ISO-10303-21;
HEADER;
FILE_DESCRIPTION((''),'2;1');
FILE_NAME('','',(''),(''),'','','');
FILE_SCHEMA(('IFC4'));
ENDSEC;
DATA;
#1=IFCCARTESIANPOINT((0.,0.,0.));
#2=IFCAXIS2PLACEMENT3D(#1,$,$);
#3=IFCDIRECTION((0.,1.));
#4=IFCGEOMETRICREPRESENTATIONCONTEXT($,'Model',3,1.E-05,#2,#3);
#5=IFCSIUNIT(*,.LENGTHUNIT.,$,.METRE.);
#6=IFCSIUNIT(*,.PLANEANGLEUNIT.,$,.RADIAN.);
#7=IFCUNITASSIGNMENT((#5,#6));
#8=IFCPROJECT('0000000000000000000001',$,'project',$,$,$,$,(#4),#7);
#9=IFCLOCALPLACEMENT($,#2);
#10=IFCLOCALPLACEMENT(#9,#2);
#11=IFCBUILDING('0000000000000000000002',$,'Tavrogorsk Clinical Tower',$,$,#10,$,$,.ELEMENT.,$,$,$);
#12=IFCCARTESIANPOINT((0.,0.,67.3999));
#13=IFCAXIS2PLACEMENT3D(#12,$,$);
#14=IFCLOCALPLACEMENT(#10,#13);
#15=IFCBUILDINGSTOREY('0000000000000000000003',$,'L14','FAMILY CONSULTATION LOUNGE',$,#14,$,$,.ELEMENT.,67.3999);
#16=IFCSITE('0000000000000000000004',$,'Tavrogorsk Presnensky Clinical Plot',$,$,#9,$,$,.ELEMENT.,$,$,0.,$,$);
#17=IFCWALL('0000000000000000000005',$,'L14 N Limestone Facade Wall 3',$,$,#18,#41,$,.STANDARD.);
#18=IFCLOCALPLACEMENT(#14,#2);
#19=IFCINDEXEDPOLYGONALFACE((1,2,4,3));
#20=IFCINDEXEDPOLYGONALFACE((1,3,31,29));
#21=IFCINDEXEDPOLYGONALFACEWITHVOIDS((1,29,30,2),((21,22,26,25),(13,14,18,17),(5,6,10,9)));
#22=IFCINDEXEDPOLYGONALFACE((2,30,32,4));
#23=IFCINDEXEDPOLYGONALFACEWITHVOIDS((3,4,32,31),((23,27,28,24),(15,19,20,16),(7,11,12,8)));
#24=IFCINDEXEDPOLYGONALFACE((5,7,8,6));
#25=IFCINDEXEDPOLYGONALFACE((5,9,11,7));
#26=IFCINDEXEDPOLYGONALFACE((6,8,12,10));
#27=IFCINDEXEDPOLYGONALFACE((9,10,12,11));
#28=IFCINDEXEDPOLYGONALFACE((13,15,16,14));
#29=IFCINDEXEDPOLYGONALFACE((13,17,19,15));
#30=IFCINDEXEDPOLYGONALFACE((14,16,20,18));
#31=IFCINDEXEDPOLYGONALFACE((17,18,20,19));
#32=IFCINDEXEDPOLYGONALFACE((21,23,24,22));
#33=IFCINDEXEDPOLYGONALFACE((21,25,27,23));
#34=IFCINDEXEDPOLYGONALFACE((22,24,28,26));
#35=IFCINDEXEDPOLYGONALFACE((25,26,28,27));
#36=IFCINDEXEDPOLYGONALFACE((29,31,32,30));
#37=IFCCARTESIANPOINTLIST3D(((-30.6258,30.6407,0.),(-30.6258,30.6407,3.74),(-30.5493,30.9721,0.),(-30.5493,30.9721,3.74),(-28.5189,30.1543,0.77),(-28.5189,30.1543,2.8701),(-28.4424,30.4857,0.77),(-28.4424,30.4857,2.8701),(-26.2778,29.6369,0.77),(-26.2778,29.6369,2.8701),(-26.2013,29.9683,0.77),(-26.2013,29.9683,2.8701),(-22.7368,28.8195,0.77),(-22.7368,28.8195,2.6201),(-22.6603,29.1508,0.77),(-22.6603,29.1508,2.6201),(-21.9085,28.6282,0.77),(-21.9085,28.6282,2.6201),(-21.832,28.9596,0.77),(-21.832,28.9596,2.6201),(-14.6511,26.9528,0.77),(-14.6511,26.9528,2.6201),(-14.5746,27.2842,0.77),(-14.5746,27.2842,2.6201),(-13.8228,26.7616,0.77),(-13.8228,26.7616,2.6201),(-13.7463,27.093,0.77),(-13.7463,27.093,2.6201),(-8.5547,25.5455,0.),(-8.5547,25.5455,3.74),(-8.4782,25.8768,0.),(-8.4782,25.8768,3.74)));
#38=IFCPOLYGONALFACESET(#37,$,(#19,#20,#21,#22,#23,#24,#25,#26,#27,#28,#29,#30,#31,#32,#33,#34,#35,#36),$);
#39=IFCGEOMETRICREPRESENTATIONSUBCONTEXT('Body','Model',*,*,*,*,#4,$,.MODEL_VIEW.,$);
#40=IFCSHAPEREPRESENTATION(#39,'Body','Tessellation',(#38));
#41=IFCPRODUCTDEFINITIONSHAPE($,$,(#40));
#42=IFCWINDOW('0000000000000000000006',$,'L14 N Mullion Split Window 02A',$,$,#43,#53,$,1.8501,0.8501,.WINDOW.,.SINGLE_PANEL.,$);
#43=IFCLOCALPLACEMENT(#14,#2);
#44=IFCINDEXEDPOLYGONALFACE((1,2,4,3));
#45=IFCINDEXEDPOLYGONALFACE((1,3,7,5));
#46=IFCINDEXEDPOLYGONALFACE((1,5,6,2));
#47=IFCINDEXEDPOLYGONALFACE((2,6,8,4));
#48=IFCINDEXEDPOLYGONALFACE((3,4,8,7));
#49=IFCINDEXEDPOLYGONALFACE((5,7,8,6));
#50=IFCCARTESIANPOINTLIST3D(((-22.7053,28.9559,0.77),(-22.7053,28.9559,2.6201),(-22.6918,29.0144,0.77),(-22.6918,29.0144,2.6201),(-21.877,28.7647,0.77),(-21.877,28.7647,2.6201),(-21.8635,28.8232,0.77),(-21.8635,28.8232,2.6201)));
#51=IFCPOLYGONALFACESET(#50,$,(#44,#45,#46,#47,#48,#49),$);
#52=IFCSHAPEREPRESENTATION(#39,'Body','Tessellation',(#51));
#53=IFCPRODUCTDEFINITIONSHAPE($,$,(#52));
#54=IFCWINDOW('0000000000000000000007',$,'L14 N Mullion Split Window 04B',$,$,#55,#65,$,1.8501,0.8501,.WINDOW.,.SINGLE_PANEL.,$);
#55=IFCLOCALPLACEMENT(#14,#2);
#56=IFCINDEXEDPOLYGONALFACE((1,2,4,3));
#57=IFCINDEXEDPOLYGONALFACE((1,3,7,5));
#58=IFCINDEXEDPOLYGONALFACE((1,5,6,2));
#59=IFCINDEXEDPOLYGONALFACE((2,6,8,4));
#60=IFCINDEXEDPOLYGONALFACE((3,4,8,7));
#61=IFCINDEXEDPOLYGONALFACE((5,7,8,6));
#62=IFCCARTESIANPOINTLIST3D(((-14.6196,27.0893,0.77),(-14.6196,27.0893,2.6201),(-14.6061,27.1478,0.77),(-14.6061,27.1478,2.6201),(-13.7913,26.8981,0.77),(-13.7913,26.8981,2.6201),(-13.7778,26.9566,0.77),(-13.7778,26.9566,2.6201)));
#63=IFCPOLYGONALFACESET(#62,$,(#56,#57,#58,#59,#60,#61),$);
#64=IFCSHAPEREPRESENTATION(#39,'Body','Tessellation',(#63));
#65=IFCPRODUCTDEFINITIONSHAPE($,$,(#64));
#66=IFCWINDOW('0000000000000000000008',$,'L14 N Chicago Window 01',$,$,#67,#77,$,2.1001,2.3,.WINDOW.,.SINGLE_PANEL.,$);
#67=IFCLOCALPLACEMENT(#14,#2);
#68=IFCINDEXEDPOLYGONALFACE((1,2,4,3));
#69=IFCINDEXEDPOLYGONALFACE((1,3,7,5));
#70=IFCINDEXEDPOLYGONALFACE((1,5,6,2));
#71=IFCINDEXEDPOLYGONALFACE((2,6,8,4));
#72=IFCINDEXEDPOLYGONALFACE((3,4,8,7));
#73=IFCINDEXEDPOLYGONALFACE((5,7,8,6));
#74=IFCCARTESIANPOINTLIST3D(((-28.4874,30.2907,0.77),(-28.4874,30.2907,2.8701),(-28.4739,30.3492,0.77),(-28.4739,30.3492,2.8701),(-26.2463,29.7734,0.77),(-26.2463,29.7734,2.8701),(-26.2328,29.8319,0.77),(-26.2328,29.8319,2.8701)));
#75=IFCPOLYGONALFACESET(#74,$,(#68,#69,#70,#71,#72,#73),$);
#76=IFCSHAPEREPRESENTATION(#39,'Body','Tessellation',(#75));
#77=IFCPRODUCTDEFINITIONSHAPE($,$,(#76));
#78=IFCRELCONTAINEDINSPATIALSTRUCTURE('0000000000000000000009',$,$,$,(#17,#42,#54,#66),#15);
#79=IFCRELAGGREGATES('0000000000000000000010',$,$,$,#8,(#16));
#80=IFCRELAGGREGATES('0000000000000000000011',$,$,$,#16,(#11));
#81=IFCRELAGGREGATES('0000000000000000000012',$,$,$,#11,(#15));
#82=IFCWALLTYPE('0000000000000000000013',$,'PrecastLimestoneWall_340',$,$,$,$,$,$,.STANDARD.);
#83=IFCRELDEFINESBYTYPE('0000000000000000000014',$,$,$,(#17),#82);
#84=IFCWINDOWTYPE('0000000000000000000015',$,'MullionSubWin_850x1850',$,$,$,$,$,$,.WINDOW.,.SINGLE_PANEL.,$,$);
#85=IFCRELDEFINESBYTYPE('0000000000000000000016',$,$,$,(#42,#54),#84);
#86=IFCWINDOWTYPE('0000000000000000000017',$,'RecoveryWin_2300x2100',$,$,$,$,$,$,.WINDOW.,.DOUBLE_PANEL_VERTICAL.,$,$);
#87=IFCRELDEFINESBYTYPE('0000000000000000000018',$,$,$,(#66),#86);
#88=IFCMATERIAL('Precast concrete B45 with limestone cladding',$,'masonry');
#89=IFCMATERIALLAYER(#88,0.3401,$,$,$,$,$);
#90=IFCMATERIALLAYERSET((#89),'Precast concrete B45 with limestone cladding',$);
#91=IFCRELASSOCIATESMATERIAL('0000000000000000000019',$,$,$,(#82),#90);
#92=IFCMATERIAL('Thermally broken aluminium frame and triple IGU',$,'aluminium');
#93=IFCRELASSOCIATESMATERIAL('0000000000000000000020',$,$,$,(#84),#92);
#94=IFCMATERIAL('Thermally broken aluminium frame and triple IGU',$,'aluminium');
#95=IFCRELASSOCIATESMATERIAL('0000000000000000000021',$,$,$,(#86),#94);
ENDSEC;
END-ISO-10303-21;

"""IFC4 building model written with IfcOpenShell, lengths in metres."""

from ifc_helpers import new_model, si_unit, direction, frame, frame_2d, origin, place, context, subcontext, project, spatial, rectangle, extrude, material, layer, layer_set, type_object, element, fill, save


model = new_model("IFC4")

# Units and contexts
model_context = context("Model", 3, precision=1e-05, world=origin(), true_north=direction((0.0, 1.0)))
body_context = subcontext(model_context, "Body", "Model", "MODEL_VIEW")
ifc_project = project(units=[si_unit("LENGTHUNIT", "METRE"), si_unit("PLANEANGLEUNIT", "RADIAN")], contexts=[model_context])

# Site, building, storey
site_placement = place(None, origin())
site = spatial("IfcSite", under=ifc_project, at=site_placement, Name="Tavrogorsk Presnensky Clinical Plot", CompositionType="ELEMENT", RefElevation=0.0)
building_placement = place(site_placement, origin())
building = spatial("IfcBuilding", under=site, at=building_placement, Name="Tavrogorsk Clinical Tower", CompositionType="ELEMENT")
storey_placement = place(building_placement, frame((0.0, 0.0, 67.3999)))
storey = spatial("IfcBuildingStorey", under=building, at=storey_placement, Name="L14", Description="FAMILY CONSULTATION LOUNGE", CompositionType="ELEMENT", Elevation=67.3999)

# Wall, openings, windows
ifc_material_1 = material(Name="Precast concrete B45 with limestone cladding", Category="masonry")
ifc_layer_1 = layer(ifc_material_1, 0.3401)
ifc_layer_set_1 = layer_set([ifc_layer_1], Name="Precast concrete B45 with limestone cladding")
wall_type_1 = type_object("IfcWallType", Name="PrecastLimestoneWall_340", PredefinedType="STANDARD", material=ifc_layer_set_1)
wall_1_placement = place(storey_placement, frame((-8.5166, 25.7112, 0.0), z_axis=(0.0, 0.0, 1.0), x_axis=(-0.974373, 0.224939, 0.0)))
wall_1 = element("IfcWall", 1, at=wall_1_placement, inside=storey, type_object=wall_type_1, Name="L14 N Limestone Facade Wall 3", PredefinedType="STANDARD", context=body_context, shape_type="SweptSolid", body=[
    extrude(rectangle(XDim=22.6516, YDim=0.3401, at=frame_2d((11.3257, 0.0))), origin(), (0.0, 0.0, 1.0), 3.74),
])
opening_1_placement = place(wall_1_placement, frame((18.1892, 0.0, 0.77)))
opening_1 = element("IfcOpeningElement", 2, at=opening_1_placement, cuts=wall_1, PredefinedType="OPENING", context=body_context, shape_type="SweptSolid", body=[
    extrude(rectangle(XDim=2.3, YDim=2.1001, at=frame_2d((1.1499, 1.05))), frame((0.0, 0.1799, 0.0), z_axis=(0.0, -1.0, 0.0), x_axis=(1.0, 0.0, 0.0)), (0.0, 0.0, 1.0), 0.3601),
])
opening_2_placement = place(wall_1_placement, frame((13.7048, 0.0, 0.77)))
opening_2 = element("IfcOpeningElement", 3, at=opening_2_placement, cuts=wall_1, PredefinedType="OPENING", context=body_context, shape_type="SweptSolid", body=[
    extrude(rectangle(XDim=0.8501, YDim=1.8501, at=frame_2d((0.425, 0.925))), frame((0.0, 0.1799, 0.0), z_axis=(0.0, -1.0, 0.0), x_axis=(1.0, 0.0, 0.0)), (0.0, 0.0, 1.0), 0.3601),
])
opening_3_placement = place(wall_1_placement, frame((5.4065, 0.0, 0.77)))
opening_3 = element("IfcOpeningElement", 4, at=opening_3_placement, cuts=wall_1, PredefinedType="OPENING", context=body_context, shape_type="SweptSolid", body=[
    extrude(rectangle(XDim=0.8501, YDim=1.8501, at=frame_2d((0.425, 0.925))), frame((0.0, 0.1799, 0.0), z_axis=(0.0, -1.0, 0.0), x_axis=(1.0, 0.0, 0.0)), (0.0, 0.0, 1.0), 0.3601),
])
ifc_material_2 = material(Name="Thermally broken aluminium frame and triple IGU", Category="aluminium")
window_type_1 = type_object("IfcWindowType", Name="MullionSubWin_850x1850", PartitioningType="SINGLE_PANEL", PredefinedType="WINDOW", material=ifc_material_2)
window_1_placement = place(opening_2_placement, origin())
window_1 = element("IfcWindow", 5, at=window_1_placement, inside=storey, type_object=window_type_1, Name="L14 N Mullion Split Window 02A", OverallHeight=1.8501, OverallWidth=0.8501, PartitioningType="SINGLE_PANEL", PredefinedType="WINDOW", context=body_context, shape_type="SweptSolid", body=[
    extrude(rectangle(XDim=0.8501, YDim=1.8501, at=frame_2d((0.425, 0.925))), frame((0.0, 0.03, 0.0), z_axis=(0.0, -1.0, 0.0), x_axis=(1.0, 0.0, 0.0)), (0.0, 0.0, 1.0), 0.0601),
])
fill(opening_2, window_1)
window_2_placement = place(opening_3_placement, origin())
window_2 = element("IfcWindow", 6, at=window_2_placement, inside=storey, type_object=window_type_1, Name="L14 N Mullion Split Window 04B", OverallHeight=1.8501, OverallWidth=0.8501, PartitioningType="SINGLE_PANEL", PredefinedType="WINDOW", context=body_context, shape_type="SweptSolid", body=[
    extrude(rectangle(XDim=0.8501, YDim=1.8501, at=frame_2d((0.425, 0.925))), frame((0.0, 0.03, 0.0), z_axis=(0.0, -1.0, 0.0), x_axis=(1.0, 0.0, 0.0)), (0.0, 0.0, 1.0), 0.0601),
])
fill(opening_3, window_2)
ifc_material_3 = material(Name="Thermally broken aluminium frame and triple IGU", Category="aluminium")
window_type_2 = type_object("IfcWindowType", Name="RecoveryWin_2300x2100", PartitioningType="DOUBLE_PANEL_VERTICAL", PredefinedType="WINDOW", material=ifc_material_3)
window_3_placement = place(opening_1_placement, origin())
window_3 = element("IfcWindow", 7, at=window_3_placement, inside=storey, type_object=window_type_2, Name="L14 N Chicago Window 01", OverallHeight=2.1001, OverallWidth=2.3, PartitioningType="SINGLE_PANEL", PredefinedType="WINDOW", context=body_context, shape_type="SweptSolid", body=[
    extrude(rectangle(XDim=2.3, YDim=2.1001, at=frame_2d((1.1499, 1.05))), frame((0.0, 0.03, 0.0), z_axis=(0.0, -1.0, 0.0), x_axis=(1.0, 0.0, 0.0)), (0.0, 0.0, 1.0), 0.0601),
])
fill(opening_1, window_3)

save(model, "model.ifc")
